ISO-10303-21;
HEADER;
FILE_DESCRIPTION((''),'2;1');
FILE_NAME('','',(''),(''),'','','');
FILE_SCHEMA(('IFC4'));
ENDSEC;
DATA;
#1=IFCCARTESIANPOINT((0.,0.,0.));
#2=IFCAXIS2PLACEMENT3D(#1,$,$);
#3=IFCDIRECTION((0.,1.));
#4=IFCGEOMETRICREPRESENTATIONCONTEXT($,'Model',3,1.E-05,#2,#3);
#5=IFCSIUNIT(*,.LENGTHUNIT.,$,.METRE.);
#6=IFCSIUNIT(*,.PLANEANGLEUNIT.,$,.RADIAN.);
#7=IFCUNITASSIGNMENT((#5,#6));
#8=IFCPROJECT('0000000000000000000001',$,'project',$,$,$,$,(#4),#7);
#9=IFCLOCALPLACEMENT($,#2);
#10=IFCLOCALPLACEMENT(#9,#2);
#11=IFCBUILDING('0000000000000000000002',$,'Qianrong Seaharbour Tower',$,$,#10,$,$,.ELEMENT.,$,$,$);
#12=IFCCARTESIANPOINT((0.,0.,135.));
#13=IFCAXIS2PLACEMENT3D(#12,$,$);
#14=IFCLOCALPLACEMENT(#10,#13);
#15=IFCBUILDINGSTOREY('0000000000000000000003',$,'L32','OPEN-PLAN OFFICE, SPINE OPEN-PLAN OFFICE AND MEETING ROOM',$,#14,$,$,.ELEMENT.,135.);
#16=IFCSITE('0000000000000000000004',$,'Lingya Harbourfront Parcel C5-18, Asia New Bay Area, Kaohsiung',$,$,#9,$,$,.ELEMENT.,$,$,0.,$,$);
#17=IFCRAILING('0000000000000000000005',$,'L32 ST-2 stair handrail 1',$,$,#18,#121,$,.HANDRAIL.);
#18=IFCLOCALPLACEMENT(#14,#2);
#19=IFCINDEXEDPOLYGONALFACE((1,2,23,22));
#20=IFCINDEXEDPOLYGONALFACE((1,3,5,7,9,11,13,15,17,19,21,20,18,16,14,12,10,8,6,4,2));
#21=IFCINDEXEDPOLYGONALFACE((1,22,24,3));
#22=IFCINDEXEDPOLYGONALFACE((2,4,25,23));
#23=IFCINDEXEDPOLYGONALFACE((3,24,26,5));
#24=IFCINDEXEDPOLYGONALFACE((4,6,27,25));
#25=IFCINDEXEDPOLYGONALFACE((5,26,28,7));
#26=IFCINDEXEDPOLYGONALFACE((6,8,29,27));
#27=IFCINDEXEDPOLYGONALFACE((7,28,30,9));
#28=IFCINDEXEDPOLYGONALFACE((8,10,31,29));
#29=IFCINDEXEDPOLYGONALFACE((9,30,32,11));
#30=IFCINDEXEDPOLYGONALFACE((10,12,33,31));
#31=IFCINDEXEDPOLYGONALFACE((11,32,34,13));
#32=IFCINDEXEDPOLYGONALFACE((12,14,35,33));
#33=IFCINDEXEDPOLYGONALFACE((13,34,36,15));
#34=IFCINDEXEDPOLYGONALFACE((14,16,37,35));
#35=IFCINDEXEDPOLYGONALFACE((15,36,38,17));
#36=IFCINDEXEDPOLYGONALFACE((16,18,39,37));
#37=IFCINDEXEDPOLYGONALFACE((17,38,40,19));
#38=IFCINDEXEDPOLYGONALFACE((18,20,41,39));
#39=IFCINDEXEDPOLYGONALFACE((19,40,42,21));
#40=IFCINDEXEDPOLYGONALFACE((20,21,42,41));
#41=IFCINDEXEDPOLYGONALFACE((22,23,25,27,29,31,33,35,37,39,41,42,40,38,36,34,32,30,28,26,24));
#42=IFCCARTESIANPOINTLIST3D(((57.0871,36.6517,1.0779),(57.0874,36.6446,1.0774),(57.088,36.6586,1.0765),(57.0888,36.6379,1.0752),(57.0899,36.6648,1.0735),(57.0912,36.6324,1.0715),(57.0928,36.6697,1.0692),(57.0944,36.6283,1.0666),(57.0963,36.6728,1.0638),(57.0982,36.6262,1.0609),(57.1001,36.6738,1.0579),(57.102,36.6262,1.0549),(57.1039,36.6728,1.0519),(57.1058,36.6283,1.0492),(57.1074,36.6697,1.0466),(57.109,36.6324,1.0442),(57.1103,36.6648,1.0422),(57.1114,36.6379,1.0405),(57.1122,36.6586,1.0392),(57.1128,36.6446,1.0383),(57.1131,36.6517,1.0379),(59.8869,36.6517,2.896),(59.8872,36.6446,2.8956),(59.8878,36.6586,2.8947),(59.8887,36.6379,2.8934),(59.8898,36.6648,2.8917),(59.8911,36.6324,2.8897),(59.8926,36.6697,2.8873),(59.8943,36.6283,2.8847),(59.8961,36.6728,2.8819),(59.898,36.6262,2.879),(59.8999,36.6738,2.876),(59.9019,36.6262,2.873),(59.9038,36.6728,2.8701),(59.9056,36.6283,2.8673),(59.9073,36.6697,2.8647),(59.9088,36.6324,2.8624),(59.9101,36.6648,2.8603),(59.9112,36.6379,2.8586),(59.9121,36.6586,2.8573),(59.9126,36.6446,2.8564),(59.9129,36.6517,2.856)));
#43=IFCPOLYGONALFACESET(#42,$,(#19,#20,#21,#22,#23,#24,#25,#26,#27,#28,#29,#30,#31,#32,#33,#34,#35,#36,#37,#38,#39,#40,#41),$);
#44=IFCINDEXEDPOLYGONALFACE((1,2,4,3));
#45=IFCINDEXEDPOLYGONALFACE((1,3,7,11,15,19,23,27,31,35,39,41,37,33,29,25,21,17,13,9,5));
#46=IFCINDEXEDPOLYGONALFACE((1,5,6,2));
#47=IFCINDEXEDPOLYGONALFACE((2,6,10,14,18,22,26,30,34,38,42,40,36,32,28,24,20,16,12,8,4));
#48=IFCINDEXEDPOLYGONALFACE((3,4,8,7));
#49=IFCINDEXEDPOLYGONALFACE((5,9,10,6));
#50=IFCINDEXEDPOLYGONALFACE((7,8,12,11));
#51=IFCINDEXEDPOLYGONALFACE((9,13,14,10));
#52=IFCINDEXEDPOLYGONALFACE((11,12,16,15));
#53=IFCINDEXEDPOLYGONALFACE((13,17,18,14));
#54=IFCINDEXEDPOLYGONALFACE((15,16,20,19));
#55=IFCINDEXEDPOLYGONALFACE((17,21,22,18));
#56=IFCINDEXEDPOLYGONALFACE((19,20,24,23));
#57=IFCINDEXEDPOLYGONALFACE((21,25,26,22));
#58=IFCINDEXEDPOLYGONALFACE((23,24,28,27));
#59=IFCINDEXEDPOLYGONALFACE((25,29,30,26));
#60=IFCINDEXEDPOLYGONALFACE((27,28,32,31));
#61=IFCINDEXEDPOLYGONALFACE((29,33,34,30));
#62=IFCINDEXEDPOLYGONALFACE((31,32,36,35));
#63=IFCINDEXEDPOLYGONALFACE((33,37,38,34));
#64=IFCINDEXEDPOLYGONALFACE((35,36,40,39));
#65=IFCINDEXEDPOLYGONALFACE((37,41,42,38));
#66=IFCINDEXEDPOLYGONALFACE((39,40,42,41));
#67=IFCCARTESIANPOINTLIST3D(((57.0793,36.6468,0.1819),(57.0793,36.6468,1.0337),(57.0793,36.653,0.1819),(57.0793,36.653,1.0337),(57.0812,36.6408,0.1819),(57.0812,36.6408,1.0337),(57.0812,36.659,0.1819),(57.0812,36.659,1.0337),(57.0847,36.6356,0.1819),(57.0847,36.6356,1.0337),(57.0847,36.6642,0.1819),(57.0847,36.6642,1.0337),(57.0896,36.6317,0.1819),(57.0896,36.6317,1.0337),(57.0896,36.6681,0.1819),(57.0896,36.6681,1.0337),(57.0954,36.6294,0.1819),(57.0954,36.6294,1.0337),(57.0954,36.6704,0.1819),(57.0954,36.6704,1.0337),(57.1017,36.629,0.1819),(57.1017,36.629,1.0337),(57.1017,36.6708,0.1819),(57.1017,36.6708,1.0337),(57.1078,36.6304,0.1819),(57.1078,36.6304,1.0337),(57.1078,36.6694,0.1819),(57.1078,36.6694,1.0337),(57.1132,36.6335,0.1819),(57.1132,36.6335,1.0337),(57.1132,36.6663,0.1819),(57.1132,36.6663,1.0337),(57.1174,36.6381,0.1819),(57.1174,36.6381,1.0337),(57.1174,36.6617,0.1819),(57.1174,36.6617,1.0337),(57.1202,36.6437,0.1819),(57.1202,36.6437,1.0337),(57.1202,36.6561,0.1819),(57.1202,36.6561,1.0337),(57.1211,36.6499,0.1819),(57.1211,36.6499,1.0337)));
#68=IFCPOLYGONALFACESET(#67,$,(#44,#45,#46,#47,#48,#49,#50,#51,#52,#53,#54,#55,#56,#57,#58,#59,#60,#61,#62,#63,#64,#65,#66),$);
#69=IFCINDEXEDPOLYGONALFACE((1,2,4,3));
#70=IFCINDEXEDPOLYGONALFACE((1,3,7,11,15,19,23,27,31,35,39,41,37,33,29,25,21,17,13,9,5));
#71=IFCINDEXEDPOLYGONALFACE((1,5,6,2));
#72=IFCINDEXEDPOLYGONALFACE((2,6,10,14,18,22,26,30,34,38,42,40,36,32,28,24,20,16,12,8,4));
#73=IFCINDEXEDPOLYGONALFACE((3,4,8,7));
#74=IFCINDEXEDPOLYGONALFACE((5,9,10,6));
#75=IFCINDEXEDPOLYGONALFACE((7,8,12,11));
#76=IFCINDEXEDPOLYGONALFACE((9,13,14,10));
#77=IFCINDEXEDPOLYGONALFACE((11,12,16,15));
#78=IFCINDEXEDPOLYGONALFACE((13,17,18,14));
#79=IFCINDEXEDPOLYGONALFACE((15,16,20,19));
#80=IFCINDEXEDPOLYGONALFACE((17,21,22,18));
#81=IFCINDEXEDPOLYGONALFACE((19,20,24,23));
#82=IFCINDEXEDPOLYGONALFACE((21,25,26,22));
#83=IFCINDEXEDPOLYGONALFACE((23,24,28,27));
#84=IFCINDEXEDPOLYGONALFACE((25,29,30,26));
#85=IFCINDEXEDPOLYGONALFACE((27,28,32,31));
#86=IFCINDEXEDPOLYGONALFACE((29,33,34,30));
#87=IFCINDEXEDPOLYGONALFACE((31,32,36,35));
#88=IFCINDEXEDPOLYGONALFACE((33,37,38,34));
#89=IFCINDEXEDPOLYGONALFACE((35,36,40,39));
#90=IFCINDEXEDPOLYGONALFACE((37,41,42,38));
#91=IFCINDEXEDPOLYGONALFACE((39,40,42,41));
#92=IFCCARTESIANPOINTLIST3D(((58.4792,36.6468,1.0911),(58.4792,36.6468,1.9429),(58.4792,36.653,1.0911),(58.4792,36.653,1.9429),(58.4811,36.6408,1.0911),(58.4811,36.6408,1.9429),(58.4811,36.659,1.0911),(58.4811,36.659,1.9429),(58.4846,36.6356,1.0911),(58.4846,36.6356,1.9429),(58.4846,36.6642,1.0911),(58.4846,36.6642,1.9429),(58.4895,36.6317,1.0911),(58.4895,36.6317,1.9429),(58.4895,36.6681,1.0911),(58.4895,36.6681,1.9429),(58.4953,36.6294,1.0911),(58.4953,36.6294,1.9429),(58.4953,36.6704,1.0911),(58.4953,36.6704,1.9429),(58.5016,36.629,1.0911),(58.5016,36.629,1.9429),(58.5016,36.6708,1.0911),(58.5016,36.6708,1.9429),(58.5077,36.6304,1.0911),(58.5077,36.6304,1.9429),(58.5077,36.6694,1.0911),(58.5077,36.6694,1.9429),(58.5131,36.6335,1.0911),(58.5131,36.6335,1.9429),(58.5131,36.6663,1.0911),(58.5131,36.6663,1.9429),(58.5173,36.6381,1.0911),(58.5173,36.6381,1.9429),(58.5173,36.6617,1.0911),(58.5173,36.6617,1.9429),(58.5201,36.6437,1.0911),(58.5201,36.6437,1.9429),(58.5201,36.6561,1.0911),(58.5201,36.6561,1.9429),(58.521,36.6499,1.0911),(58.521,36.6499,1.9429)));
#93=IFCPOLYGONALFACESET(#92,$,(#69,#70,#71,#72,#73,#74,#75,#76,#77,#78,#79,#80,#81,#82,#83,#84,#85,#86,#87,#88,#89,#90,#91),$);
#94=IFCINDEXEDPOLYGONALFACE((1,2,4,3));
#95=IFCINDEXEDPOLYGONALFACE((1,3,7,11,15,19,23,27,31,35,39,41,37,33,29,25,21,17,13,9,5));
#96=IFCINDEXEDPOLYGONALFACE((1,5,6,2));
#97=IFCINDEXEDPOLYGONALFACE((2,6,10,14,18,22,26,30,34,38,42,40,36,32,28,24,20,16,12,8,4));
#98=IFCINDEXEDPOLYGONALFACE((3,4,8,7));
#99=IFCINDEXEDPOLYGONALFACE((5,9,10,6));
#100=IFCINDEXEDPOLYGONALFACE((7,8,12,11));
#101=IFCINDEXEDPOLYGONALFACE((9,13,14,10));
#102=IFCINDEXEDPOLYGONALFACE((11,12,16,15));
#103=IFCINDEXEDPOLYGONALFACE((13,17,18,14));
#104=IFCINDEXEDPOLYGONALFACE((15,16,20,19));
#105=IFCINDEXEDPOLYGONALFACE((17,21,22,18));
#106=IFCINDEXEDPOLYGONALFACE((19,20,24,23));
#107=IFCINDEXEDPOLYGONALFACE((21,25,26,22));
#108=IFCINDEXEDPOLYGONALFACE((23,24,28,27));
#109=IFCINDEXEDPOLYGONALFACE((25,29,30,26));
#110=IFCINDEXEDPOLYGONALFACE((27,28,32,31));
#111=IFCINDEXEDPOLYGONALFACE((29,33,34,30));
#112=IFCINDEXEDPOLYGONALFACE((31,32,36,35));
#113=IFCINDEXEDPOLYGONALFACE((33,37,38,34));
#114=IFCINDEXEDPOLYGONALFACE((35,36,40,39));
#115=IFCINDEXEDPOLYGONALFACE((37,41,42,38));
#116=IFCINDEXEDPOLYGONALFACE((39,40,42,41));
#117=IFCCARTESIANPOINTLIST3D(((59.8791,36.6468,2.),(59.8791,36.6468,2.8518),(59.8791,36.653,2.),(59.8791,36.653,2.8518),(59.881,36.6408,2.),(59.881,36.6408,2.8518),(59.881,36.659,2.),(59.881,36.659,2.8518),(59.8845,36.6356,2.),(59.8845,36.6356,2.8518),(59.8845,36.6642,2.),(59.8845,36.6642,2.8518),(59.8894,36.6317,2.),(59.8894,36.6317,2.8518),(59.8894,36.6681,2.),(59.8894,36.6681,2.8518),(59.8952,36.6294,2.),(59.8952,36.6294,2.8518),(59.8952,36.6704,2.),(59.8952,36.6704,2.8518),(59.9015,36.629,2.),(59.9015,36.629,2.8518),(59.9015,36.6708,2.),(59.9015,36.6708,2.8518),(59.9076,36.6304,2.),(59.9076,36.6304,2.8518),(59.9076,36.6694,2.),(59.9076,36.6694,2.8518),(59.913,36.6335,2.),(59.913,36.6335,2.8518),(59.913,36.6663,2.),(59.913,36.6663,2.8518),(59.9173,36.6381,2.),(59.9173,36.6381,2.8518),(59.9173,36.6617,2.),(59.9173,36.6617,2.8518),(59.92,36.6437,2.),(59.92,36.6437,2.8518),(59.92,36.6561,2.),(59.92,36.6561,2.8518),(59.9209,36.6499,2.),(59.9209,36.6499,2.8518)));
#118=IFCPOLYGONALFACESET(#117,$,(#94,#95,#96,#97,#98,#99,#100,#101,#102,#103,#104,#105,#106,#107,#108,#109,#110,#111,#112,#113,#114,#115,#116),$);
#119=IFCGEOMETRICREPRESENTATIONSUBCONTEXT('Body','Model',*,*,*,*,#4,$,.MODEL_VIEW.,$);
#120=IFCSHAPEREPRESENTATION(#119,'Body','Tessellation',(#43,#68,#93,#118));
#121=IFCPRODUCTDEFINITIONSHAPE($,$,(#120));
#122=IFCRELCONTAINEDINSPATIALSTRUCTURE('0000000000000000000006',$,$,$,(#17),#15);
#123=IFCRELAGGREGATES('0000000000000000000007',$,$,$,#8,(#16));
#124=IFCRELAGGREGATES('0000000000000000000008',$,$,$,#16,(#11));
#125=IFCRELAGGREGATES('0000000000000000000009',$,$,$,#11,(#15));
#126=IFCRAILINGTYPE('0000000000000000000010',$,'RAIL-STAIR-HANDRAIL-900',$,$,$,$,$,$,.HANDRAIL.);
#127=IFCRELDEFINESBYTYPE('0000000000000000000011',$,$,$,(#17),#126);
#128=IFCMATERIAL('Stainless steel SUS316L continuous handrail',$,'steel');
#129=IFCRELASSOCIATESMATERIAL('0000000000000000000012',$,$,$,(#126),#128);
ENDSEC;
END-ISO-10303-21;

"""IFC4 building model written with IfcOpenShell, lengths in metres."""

from ifc_helpers import new_model, si_unit, direction, frame, origin, origin_2d, place, context, subcontext, project, spatial, circle, extrude, material, type_object, element, save


model = new_model("IFC4")

# Units and contexts
model_context = context("Model", 3, precision=1e-05, world=origin(), true_north=direction((0.0, 1.0)))
body_context = subcontext(model_context, "Body", "Model", "MODEL_VIEW")
ifc_project = project(units=[si_unit("LENGTHUNIT", "METRE"), si_unit("PLANEANGLEUNIT", "RADIAN")], contexts=[model_context])

# Site, building, storey
site_placement = place(None, origin())
site = spatial("IfcSite", under=ifc_project, at=site_placement, Name="Lingya Harbourfront Parcel C5-18, Asia New Bay Area, Kaohsiung", CompositionType="ELEMENT", RefElevation=0.0)
building_placement = place(site_placement, origin())
building = spatial("IfcBuilding", under=site, at=building_placement, Name="Qianrong Seaharbour Tower", CompositionType="ELEMENT")
storey_placement = place(building_placement, frame((0.0, 0.0, 135.0)))
storey = spatial("IfcBuildingStorey", under=building, at=storey_placement, Name="L32", Description="OPEN-PLAN OFFICE, SPINE OPEN-PLAN OFFICE AND MEETING ROOM", CompositionType="ELEMENT", Elevation=135.0)

# Railing
ifc_material_1 = material(Name="Stainless steel SUS316L continuous handrail", Category="steel")
railing_type_1 = type_object("IfcRailingType", Name="RAIL-STAIR-HANDRAIL-900", PredefinedType="HANDRAIL", material=ifc_material_1)
railing_1_placement = place(storey_placement, frame((57.1001, 36.6499, 0.1819)))
element("IfcRailing", 1, at=railing_1_placement, inside=storey, type_object=railing_type_1, Name="L32 ST-2 stair handrail 1", PredefinedType="HANDRAIL", context=body_context, shape_type="SweptSolid", body=[
    extrude(circle(Radius=0.0239, at=origin_2d()), frame((0.0, 0.0, 0.876), z_axis=(0.838684, 0.0, 0.544618), x_axis=(0.0, 1.0, 0.0)), (0.0, 0.0, 1.0), 3.3384),
    extrude(circle(Radius=0.021, at=origin_2d()), origin(), (0.0, 0.0, 1.0), 0.8518),
    extrude(circle(Radius=0.021, at=origin_2d()), frame((1.3999, 0.0, 0.9092)), (0.0, 0.0, 1.0), 0.8518),
    extrude(circle(Radius=0.021, at=origin_2d()), frame((2.7998, 0.0, 1.8181)), (0.0, 0.0, 1.0), 0.8518),
])

save(model, "model.ifc")
